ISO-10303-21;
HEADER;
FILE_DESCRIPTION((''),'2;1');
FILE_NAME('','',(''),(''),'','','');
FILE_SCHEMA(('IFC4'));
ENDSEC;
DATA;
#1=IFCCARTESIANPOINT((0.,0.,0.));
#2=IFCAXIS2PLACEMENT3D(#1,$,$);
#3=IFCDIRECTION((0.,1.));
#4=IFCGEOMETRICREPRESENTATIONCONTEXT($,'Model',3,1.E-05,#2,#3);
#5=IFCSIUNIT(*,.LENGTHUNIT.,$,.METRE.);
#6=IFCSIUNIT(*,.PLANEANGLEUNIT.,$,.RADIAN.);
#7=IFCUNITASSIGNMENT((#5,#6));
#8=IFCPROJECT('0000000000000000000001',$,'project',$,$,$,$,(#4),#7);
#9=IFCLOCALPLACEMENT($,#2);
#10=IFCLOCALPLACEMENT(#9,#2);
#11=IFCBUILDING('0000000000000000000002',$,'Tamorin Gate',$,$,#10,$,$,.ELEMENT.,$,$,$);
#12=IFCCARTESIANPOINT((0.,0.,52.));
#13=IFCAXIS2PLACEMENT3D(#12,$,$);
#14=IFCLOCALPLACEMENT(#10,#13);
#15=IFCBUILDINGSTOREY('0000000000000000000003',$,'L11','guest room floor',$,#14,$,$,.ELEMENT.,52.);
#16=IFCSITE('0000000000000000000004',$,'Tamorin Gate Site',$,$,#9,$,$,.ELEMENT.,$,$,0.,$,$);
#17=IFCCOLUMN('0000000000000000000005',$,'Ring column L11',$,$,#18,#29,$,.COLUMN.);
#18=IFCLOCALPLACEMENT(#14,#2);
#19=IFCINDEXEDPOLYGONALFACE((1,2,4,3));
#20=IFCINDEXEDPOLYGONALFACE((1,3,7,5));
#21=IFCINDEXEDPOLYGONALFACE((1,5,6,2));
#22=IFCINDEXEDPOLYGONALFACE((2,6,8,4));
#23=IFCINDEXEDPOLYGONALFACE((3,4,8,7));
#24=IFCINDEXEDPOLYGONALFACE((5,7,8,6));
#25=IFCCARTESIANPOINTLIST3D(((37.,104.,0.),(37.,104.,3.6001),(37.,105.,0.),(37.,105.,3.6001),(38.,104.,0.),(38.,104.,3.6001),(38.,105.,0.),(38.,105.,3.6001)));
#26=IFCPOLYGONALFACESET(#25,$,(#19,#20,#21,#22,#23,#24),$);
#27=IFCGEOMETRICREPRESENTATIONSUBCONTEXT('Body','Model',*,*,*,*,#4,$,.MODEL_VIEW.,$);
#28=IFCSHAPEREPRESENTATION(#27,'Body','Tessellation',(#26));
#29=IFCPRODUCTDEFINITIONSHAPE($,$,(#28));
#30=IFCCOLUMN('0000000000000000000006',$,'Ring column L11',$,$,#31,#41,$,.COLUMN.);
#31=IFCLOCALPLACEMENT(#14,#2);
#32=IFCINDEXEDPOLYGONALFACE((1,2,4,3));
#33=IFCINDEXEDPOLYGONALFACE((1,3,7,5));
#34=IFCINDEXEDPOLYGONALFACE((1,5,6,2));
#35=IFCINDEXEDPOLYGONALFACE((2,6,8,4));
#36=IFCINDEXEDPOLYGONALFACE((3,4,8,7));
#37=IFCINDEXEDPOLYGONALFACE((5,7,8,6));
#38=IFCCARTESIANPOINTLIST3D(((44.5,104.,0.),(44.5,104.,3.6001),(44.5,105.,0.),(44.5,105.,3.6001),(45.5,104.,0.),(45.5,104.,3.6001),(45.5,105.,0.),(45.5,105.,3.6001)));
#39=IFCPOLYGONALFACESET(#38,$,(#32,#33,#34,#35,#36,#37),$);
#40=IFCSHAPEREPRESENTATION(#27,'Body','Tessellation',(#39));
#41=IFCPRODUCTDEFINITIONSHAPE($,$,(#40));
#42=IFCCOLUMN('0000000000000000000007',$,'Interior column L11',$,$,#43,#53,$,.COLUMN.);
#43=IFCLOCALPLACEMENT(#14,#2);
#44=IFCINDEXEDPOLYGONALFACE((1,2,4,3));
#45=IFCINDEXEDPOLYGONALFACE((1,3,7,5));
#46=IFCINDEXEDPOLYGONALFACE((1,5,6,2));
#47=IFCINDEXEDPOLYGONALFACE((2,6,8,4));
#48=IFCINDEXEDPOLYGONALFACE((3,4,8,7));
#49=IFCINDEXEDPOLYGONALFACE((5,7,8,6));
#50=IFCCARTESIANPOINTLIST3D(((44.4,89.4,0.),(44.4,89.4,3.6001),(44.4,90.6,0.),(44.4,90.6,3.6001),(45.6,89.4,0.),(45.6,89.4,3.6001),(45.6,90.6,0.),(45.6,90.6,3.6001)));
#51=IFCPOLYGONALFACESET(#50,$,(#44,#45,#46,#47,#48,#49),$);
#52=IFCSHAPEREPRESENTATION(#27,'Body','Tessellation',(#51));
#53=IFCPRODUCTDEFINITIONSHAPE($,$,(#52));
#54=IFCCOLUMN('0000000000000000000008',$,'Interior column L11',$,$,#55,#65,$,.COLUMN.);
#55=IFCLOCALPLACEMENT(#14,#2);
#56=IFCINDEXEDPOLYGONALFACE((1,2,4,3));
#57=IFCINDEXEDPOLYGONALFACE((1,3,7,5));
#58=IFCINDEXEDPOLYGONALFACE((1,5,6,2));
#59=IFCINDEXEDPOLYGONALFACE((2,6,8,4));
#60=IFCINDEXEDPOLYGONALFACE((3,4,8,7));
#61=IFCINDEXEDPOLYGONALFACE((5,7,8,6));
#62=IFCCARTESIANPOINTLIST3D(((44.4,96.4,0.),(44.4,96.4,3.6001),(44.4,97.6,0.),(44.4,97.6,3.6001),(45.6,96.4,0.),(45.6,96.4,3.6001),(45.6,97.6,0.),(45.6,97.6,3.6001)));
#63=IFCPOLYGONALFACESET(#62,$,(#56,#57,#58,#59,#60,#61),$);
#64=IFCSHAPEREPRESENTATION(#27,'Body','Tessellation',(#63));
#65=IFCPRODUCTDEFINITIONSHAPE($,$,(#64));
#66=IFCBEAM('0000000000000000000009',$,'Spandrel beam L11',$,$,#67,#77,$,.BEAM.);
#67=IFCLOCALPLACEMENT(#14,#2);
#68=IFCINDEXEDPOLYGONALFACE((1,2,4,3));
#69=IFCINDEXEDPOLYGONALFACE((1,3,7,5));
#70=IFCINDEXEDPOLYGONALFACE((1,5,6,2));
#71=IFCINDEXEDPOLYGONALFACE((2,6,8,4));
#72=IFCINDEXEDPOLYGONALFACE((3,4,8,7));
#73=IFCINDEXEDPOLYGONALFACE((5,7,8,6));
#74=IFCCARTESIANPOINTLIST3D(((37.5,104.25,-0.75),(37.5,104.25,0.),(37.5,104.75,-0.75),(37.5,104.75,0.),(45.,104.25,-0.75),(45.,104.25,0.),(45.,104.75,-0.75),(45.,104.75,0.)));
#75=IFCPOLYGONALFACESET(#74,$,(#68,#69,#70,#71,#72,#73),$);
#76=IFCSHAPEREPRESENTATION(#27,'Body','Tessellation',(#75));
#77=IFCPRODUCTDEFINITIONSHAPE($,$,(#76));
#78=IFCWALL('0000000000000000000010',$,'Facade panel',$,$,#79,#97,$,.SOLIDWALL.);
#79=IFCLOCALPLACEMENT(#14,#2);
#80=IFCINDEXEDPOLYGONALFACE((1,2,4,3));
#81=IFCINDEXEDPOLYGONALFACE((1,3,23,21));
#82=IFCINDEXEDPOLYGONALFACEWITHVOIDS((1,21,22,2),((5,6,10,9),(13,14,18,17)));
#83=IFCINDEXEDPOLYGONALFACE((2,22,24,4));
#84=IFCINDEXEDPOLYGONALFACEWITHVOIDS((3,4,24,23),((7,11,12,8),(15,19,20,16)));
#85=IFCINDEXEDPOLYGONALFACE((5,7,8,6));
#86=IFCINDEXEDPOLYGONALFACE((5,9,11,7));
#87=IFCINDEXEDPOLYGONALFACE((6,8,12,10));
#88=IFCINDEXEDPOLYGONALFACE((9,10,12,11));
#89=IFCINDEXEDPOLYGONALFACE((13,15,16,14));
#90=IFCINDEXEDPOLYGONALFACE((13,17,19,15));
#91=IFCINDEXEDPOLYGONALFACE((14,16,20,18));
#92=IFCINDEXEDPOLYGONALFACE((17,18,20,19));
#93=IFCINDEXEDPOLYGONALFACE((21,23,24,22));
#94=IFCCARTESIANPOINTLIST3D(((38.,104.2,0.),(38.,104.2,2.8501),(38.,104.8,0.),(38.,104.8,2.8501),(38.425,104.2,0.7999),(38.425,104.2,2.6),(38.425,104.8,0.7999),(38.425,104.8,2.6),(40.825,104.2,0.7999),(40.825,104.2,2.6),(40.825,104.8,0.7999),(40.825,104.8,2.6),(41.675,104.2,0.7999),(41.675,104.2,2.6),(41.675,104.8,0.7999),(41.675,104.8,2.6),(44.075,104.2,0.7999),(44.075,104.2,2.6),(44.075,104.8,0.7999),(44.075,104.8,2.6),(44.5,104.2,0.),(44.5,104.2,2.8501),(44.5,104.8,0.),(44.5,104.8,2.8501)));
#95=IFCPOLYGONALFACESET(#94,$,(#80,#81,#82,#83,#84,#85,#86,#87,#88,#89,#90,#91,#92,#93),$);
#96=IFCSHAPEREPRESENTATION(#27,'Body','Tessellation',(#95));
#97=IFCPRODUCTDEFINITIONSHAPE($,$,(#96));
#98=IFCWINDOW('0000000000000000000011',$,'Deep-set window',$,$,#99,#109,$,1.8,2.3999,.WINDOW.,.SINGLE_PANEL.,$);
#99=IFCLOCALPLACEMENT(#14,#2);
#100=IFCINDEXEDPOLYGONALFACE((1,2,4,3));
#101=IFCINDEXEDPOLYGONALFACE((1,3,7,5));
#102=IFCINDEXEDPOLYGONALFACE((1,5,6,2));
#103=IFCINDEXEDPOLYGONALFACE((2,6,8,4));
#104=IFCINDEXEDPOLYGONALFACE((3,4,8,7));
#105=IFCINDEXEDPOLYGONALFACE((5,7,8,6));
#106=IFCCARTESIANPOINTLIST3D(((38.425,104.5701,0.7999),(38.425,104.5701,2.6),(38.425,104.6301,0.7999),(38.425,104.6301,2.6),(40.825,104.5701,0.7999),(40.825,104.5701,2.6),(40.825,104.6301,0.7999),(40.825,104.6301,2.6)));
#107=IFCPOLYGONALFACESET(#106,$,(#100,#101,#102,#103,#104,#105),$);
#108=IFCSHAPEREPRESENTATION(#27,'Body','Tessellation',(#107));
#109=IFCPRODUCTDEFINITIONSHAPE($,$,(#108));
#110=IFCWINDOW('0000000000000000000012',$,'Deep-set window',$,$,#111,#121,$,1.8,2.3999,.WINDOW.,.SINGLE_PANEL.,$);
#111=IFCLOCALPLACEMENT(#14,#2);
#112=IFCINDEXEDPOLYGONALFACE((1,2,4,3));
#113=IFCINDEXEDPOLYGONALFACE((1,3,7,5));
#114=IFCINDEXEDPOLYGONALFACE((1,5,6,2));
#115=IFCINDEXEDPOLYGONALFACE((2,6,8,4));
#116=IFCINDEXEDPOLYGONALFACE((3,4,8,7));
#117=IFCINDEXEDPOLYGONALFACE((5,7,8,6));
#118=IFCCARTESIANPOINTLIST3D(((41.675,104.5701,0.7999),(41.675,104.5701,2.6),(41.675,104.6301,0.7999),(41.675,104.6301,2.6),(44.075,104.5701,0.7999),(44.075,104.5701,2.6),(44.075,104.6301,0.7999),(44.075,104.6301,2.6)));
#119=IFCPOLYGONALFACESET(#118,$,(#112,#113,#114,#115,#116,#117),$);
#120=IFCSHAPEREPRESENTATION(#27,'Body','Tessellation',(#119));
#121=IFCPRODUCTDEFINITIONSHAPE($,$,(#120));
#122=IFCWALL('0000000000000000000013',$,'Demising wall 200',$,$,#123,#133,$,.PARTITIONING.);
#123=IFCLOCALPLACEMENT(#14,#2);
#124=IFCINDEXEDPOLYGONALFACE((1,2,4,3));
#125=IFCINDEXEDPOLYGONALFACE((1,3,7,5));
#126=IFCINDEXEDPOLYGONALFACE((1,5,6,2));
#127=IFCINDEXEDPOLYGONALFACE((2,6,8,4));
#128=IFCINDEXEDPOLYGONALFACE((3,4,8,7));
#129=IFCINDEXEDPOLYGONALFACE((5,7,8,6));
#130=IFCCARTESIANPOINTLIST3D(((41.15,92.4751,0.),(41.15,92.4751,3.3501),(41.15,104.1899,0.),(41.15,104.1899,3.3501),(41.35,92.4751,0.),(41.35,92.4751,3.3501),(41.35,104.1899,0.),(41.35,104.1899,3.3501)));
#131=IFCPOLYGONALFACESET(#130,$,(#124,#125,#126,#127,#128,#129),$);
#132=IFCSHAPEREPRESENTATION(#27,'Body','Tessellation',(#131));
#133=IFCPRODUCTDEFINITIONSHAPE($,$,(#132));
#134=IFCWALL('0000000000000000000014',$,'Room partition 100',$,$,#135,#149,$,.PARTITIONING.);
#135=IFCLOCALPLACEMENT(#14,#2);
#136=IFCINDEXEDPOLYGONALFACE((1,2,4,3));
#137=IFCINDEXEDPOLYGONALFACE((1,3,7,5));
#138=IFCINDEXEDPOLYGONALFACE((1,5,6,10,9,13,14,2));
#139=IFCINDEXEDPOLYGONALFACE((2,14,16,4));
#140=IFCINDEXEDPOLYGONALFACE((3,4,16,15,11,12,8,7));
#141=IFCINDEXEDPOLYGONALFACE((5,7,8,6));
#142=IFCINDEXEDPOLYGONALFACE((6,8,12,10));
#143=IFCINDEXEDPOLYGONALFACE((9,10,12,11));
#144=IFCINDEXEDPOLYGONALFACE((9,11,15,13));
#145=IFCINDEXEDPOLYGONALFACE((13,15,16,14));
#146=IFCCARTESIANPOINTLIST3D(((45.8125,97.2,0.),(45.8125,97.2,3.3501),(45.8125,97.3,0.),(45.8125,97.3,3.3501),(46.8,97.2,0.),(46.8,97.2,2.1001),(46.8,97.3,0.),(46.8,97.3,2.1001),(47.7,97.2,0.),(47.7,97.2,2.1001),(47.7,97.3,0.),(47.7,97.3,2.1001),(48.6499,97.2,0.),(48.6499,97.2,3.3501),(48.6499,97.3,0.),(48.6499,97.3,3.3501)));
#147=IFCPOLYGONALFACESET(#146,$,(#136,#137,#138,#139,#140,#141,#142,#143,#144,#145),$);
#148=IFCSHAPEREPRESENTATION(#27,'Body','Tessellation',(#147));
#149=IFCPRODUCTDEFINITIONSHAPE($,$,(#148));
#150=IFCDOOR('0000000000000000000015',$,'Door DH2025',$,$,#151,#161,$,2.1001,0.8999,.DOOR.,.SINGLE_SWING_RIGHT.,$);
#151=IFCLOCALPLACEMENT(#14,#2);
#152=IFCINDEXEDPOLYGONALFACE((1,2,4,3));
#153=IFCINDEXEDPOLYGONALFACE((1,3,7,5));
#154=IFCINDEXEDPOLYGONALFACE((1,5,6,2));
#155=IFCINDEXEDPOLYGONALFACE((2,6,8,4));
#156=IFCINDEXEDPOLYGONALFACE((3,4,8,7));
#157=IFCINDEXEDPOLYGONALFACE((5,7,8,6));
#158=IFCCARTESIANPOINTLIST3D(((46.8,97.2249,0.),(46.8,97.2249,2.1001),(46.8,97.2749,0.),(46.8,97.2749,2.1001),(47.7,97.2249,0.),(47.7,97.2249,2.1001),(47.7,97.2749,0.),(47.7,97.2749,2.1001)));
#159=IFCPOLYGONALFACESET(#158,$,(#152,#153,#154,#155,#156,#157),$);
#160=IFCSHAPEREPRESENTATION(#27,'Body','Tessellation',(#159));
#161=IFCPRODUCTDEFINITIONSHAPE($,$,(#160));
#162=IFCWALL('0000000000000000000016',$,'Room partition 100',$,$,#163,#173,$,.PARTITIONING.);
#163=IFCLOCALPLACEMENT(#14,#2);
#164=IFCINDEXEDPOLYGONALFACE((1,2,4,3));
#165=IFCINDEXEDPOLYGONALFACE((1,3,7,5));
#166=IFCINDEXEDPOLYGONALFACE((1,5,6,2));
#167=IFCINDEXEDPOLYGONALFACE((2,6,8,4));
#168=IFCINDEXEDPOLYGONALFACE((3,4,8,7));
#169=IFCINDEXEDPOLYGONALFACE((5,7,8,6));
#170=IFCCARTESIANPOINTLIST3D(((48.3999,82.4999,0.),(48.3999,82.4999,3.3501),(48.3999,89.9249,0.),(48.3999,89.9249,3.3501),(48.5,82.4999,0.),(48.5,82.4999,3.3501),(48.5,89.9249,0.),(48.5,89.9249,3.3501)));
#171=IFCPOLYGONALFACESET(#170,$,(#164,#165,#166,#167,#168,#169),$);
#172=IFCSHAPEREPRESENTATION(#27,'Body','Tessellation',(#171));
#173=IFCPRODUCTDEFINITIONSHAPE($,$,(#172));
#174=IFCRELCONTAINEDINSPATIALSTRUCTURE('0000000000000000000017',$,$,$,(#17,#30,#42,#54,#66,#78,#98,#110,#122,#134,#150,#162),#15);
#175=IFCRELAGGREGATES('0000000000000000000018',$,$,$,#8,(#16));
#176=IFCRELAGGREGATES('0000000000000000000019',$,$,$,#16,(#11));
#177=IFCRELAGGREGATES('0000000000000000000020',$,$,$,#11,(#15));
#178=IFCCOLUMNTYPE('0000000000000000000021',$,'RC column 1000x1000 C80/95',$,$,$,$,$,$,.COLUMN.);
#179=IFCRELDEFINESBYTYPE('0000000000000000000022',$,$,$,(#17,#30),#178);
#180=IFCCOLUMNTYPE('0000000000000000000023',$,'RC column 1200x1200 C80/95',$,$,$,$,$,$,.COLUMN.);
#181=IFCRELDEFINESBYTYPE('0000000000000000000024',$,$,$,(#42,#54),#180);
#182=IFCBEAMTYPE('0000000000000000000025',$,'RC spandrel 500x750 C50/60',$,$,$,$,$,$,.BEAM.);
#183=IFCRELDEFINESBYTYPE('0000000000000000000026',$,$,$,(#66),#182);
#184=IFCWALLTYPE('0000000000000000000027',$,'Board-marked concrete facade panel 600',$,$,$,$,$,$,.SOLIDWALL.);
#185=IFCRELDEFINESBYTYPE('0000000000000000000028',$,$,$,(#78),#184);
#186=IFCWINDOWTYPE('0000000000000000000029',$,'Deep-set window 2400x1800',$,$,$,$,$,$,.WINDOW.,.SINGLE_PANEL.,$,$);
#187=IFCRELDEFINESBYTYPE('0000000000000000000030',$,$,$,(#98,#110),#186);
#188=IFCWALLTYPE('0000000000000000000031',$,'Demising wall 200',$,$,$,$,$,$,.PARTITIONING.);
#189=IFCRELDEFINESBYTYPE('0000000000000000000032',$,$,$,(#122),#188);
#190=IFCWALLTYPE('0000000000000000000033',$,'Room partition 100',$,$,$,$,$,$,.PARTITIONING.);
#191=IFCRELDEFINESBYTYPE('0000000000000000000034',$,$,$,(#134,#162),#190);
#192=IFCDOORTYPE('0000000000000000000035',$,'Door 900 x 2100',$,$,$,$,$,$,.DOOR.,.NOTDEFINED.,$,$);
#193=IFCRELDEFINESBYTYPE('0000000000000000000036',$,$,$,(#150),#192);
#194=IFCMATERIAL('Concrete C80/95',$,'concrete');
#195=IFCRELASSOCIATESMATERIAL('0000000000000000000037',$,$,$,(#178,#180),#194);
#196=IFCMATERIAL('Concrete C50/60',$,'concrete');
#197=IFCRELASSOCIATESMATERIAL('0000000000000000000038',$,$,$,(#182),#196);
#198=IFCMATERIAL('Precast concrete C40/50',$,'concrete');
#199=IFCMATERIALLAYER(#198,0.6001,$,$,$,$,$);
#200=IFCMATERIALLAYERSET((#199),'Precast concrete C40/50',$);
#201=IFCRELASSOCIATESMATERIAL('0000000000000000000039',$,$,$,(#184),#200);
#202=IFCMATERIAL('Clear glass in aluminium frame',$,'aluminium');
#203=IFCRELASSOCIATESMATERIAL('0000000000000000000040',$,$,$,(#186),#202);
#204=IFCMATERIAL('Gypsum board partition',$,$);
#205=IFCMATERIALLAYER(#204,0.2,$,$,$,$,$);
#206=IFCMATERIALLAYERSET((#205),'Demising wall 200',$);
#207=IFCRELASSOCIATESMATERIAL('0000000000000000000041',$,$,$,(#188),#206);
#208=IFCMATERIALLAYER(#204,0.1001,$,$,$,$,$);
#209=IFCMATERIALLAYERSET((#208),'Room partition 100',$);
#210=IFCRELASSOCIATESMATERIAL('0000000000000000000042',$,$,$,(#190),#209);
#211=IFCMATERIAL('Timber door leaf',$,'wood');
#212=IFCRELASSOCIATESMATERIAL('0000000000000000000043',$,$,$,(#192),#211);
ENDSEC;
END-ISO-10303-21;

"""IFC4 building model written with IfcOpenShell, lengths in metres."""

from ifc_helpers import new_model, si_unit, direction, frame, frame_2d, origin, origin_2d, place, context, subcontext, project, spatial, rectangle, extrude, material, layer, layer_set, material_profile, profile_set, type_object, element, fill, save


model = new_model("IFC4")

# Units and contexts
model_context = context("Model", 3, precision=1e-05, world=origin(), true_north=direction((0.0, 1.0)))
body_context = subcontext(model_context, "Body", "Model", "MODEL_VIEW")
ifc_project = project(units=[si_unit("LENGTHUNIT", "METRE"), si_unit("PLANEANGLEUNIT", "RADIAN")], contexts=[model_context])

# Site, building, storey
site_placement = place(None, origin())
site = spatial("IfcSite", under=ifc_project, at=site_placement, Name="Tamorin Gate Site", CompositionType="ELEMENT", RefElevation=0.0)
building_placement = place(site_placement, origin())
building = spatial("IfcBuilding", under=site, at=building_placement, Name="Tamorin Gate", CompositionType="ELEMENT")
storey_placement = place(building_placement, frame((0.0, 0.0, 52.0)))
storey = spatial("IfcBuildingStorey", under=building, at=storey_placement, Name="L11", Description="guest room floor", CompositionType="ELEMENT", Elevation=52.0)

# Columns
ifc_material_1 = material(Name="Concrete C80/95", Category="concrete")
ifc_material_profile_1 = material_profile(ifc_material_1, rectangle(XDim=1.0, YDim=1.0, at=origin_2d()), Name="RC 1000x1000")
ifc_profile_set_1 = profile_set([ifc_material_profile_1], Name="Concrete C80/95")
column_type_1 = type_object("IfcColumnType", Name="RC column 1000x1000 C80/95", PredefinedType="COLUMN", material=ifc_profile_set_1)
for number, where, z_axis, x_axis, name in (
    (1, (37.5, 104.5, 0.0), (0.0, 0.0, 1.0), (1.0, 0.0, 0.0), "Ring column L11"),
    (2, (45.0, 104.5, 0.0), (0.0, 0.0, 1.0), (1.0, 0.0, 0.0), "Ring column L11"),
):
    element("IfcColumn", number, at=place(storey_placement, frame(where, z_axis=z_axis, x_axis=x_axis)), inside=storey, type_object=column_type_1, Name=name, PredefinedType="COLUMN", context=body_context, shape_type="SweptSolid", body=[
        extrude(rectangle(XDim=1.0, YDim=1.0, at=origin_2d()), origin(), (0.0, 0.0, 1.0), 3.6001),
    ])
ifc_material_profile_2 = material_profile(ifc_material_1, rectangle(XDim=1.2, YDim=1.2, at=origin_2d()), Name="RC 1200x1200")
ifc_profile_set_2 = profile_set([ifc_material_profile_2], Name="Concrete C80/95")
column_type_2 = type_object("IfcColumnType", Name="RC column 1200x1200 C80/95", PredefinedType="COLUMN", material=ifc_profile_set_2)
for number, where, z_axis, x_axis, name in (
    (3, (45.0, 90.0, 0.0), (0.0, 0.0, 1.0), (1.0, 0.0, 0.0), "Interior column L11"),
    (4, (45.0, 97.0, 0.0), (0.0, 0.0, 1.0), (1.0, 0.0, 0.0), "Interior column L11"),
):
    element("IfcColumn", number, at=place(storey_placement, frame(where, z_axis=z_axis, x_axis=x_axis)), inside=storey, type_object=column_type_2, Name=name, PredefinedType="COLUMN", context=body_context, shape_type="SweptSolid", body=[
        extrude(rectangle(XDim=1.2, YDim=1.2, at=origin_2d()), origin(), (0.0, 0.0, 1.0), 3.6001),
    ])

# Beam
ifc_material_2 = material(Name="Concrete C50/60", Category="concrete")
ifc_material_profile_3 = material_profile(ifc_material_2, rectangle(XDim=0.5, YDim=0.75, at=origin_2d()), Name="RC 500x750")
ifc_profile_set_3 = profile_set([ifc_material_profile_3], Name="Concrete C50/60")
beam_type = type_object("IfcBeamType", Name="RC spandrel 500x750 C50/60", PredefinedType="BEAM", material=ifc_profile_set_3)
beam_placement = place(storey_placement, frame((45.0, 104.5, -0.375), z_axis=(-1.0, 0.0, 0.0), x_axis=(0.0, -1.0, 0.0)))
element("IfcBeam", 5, at=beam_placement, inside=storey, type_object=beam_type, Name="Spandrel beam L11", PredefinedType="BEAM", context=body_context, shape_type="SweptSolid", body=[
    extrude(rectangle(XDim=0.5, YDim=0.75, at=origin_2d()), origin(), (0.0, 0.0, 1.0), 7.5),
])

# Wall, openings, windows
ifc_material_3 = material(Name="Precast concrete C40/50", Category="concrete")
ifc_layer_1 = layer(ifc_material_3, 0.6001)
ifc_layer_set_1 = layer_set([ifc_layer_1], Name="Precast concrete C40/50")
wall_type_1 = type_object("IfcWallType", Name="Board-marked concrete facade panel 600", PredefinedType="SOLIDWALL", material=ifc_layer_set_1)
wall_1_placement = place(storey_placement, frame((44.5, 104.5, 0.0), z_axis=(0.0, 0.0, 1.0), x_axis=(-1.0, 0.0, 0.0)))
wall_1 = element("IfcWall", 6, at=wall_1_placement, inside=storey, type_object=wall_type_1, Name="Facade panel", PredefinedType="SOLIDWALL", context=body_context, shape_type="SweptSolid", body=[
    extrude(rectangle(XDim=6.5, YDim=0.6001, at=frame_2d((3.25, 0.0))), origin(), (0.0, 0.0, 1.0), 2.8501),
])
opening_1_placement = place(wall_1_placement, frame((3.675, 0.0, 0.8)))
opening_1 = element("IfcOpeningElement", 7, at=opening_1_placement, cuts=wall_1, PredefinedType="OPENING", context=body_context, shape_type="SweptSolid", body=[
    extrude(rectangle(XDim=2.3999, YDim=1.8, at=frame_2d((1.2, 0.8999))), frame((0.0, 0.3101, 0.0), z_axis=(0.0, -1.0, 0.0), x_axis=(1.0, 0.0, 0.0)), (0.0, 0.0, 1.0), 0.6201),
])
opening_2_placement = place(wall_1_placement, frame((0.425, 0.0, 0.8)))
opening_2 = element("IfcOpeningElement", 8, at=opening_2_placement, cuts=wall_1, PredefinedType="OPENING", context=body_context, shape_type="SweptSolid", body=[
    extrude(rectangle(XDim=2.3999, YDim=1.8, at=frame_2d((1.2, 0.8999))), frame((0.0, 0.3101, 0.0), z_axis=(0.0, -1.0, 0.0), x_axis=(1.0, 0.0, 0.0)), (0.0, 0.0, 1.0), 0.6201),
])
ifc_material_4 = material(Name="Clear glass in aluminium frame", Category="aluminium")
window_type = type_object("IfcWindowType", Name="Deep-set window 2400x1800", PartitioningType="SINGLE_PANEL", PredefinedType="WINDOW", material=ifc_material_4)
window_1_placement = place(opening_1_placement, origin())
window_1 = element("IfcWindow", 9, at=window_1_placement, inside=storey, type_object=window_type, Name="Deep-set window", OverallHeight=1.8, OverallWidth=2.3999, PartitioningType="SINGLE_PANEL", PredefinedType="WINDOW", context=body_context, shape_type="SweptSolid", body=[
    extrude(rectangle(XDim=2.3999, YDim=1.8, at=frame_2d((1.2, 0.8999))), frame((0.0, -0.0701, 0.0), z_axis=(0.0, -1.0, 0.0), x_axis=(1.0, 0.0, 0.0)), (0.0, 0.0, 1.0), 0.0601),
])
fill(opening_1, window_1)
window_2_placement = place(opening_2_placement, origin())
window_2 = element("IfcWindow", 10, at=window_2_placement, inside=storey, type_object=window_type, Name="Deep-set window", OverallHeight=1.8, OverallWidth=2.3999, PartitioningType="SINGLE_PANEL", PredefinedType="WINDOW", context=body_context, shape_type="SweptSolid", body=[
    extrude(rectangle(XDim=2.3999, YDim=1.8, at=frame_2d((1.2, 0.8999))), frame((0.0, -0.0701, 0.0), z_axis=(0.0, -1.0, 0.0), x_axis=(1.0, 0.0, 0.0)), (0.0, 0.0, 1.0), 0.0601),
])
fill(opening_2, window_2)

# Wall
ifc_material_5 = material(Name="Gypsum board partition")
ifc_layer_2 = layer(ifc_material_5, 0.2)
ifc_layer_set_2 = layer_set([ifc_layer_2], Name="Demising wall 200")
wall_type_2 = type_object("IfcWallType", Name="Demising wall 200", PredefinedType="PARTITIONING", material=ifc_layer_set_2)
wall_2_placement = place(storey_placement, frame((41.25, 92.4751, 0.0), z_axis=(0.0, 0.0, 1.0), x_axis=(0.0, 1.0, 0.0)))
element("IfcWall", 11, at=wall_2_placement, inside=storey, type_object=wall_type_2, Name="Demising wall 200", PredefinedType="PARTITIONING", context=body_context, shape_type="SweptSolid", body=[
    extrude(rectangle(XDim=11.7148, YDim=0.2, at=frame_2d((5.8574, 0.0))), origin(), (0.0, 0.0, 1.0), 3.3501),
])

# Wall, opening, door
ifc_layer_3 = layer(ifc_material_5, 0.1001)
ifc_layer_set_3 = layer_set([ifc_layer_3], Name="Room partition 100")
wall_type_3 = type_object("IfcWallType", Name="Room partition 100", PredefinedType="PARTITIONING", material=ifc_layer_set_3)
wall_3_placement = place(storey_placement, frame((45.8125, 97.25, 0.0), z_axis=(0.0, 0.0, 1.0), x_axis=(1.0, 0.0, 0.0)))
wall_3 = element("IfcWall", 12, at=wall_3_placement, inside=storey, type_object=wall_type_3, Name="Room partition 100", PredefinedType="PARTITIONING", context=body_context, shape_type="SweptSolid", body=[
    extrude(rectangle(XDim=2.8374, YDim=0.1001, at=frame_2d((1.4187, 0.0))), origin(), (0.0, 0.0, 1.0), 3.3501),
])
opening_3_placement = place(wall_3_placement, frame((0.9875, 0.0, 0.0)))
opening_3 = element("IfcOpeningElement", 13, at=opening_3_placement, cuts=wall_3, PredefinedType="OPENING", context=body_context, shape_type="SweptSolid", body=[
    extrude(rectangle(XDim=0.8999, YDim=2.1001, at=frame_2d((0.45, 1.05))), frame((0.0, 0.0601, 0.0), z_axis=(0.0, -1.0, 0.0), x_axis=(1.0, 0.0, 0.0)), (0.0, 0.0, 1.0), 0.1201),
])
ifc_material_6 = material(Name="Timber door leaf", Category="wood")
door_type = type_object("IfcDoorType", Name="Door 900 x 2100", OperationType="NOTDEFINED", PredefinedType="DOOR", material=ifc_material_6)
door_1_placement = place(opening_3_placement, origin())
door_1 = element("IfcDoor", 14, at=door_1_placement, inside=storey, type_object=door_type, Name="Door DH2025", OperationType="SINGLE_SWING_RIGHT", OverallHeight=2.1001, OverallWidth=0.8999, PredefinedType="DOOR", context=body_context, shape_type="SweptSolid", body=[
    extrude(rectangle(XDim=0.8999, YDim=2.1001, at=frame_2d((0.45, 1.05))), frame((0.0, 0.0249, 0.0), z_axis=(0.0, -1.0, 0.0), x_axis=(1.0, 0.0, 0.0)), (0.0, 0.0, 1.0), 0.05),
])
fill(opening_3, door_1)

# Wall
wall_4_placement = place(storey_placement, frame((48.45, 82.5, 0.0), z_axis=(0.0, 0.0, 1.0), x_axis=(0.0, 1.0, 0.0)))
element("IfcWall", 15, at=wall_4_placement, inside=storey, type_object=wall_type_3, Name="Room partition 100", PredefinedType="PARTITIONING", context=body_context, shape_type="SweptSolid", body=[
    extrude(rectangle(XDim=7.425, YDim=0.1001, at=frame_2d((3.7124, 0.0))), origin(), (0.0, 0.0, 1.0), 3.3501),
])

save(model, "model.ifc")
